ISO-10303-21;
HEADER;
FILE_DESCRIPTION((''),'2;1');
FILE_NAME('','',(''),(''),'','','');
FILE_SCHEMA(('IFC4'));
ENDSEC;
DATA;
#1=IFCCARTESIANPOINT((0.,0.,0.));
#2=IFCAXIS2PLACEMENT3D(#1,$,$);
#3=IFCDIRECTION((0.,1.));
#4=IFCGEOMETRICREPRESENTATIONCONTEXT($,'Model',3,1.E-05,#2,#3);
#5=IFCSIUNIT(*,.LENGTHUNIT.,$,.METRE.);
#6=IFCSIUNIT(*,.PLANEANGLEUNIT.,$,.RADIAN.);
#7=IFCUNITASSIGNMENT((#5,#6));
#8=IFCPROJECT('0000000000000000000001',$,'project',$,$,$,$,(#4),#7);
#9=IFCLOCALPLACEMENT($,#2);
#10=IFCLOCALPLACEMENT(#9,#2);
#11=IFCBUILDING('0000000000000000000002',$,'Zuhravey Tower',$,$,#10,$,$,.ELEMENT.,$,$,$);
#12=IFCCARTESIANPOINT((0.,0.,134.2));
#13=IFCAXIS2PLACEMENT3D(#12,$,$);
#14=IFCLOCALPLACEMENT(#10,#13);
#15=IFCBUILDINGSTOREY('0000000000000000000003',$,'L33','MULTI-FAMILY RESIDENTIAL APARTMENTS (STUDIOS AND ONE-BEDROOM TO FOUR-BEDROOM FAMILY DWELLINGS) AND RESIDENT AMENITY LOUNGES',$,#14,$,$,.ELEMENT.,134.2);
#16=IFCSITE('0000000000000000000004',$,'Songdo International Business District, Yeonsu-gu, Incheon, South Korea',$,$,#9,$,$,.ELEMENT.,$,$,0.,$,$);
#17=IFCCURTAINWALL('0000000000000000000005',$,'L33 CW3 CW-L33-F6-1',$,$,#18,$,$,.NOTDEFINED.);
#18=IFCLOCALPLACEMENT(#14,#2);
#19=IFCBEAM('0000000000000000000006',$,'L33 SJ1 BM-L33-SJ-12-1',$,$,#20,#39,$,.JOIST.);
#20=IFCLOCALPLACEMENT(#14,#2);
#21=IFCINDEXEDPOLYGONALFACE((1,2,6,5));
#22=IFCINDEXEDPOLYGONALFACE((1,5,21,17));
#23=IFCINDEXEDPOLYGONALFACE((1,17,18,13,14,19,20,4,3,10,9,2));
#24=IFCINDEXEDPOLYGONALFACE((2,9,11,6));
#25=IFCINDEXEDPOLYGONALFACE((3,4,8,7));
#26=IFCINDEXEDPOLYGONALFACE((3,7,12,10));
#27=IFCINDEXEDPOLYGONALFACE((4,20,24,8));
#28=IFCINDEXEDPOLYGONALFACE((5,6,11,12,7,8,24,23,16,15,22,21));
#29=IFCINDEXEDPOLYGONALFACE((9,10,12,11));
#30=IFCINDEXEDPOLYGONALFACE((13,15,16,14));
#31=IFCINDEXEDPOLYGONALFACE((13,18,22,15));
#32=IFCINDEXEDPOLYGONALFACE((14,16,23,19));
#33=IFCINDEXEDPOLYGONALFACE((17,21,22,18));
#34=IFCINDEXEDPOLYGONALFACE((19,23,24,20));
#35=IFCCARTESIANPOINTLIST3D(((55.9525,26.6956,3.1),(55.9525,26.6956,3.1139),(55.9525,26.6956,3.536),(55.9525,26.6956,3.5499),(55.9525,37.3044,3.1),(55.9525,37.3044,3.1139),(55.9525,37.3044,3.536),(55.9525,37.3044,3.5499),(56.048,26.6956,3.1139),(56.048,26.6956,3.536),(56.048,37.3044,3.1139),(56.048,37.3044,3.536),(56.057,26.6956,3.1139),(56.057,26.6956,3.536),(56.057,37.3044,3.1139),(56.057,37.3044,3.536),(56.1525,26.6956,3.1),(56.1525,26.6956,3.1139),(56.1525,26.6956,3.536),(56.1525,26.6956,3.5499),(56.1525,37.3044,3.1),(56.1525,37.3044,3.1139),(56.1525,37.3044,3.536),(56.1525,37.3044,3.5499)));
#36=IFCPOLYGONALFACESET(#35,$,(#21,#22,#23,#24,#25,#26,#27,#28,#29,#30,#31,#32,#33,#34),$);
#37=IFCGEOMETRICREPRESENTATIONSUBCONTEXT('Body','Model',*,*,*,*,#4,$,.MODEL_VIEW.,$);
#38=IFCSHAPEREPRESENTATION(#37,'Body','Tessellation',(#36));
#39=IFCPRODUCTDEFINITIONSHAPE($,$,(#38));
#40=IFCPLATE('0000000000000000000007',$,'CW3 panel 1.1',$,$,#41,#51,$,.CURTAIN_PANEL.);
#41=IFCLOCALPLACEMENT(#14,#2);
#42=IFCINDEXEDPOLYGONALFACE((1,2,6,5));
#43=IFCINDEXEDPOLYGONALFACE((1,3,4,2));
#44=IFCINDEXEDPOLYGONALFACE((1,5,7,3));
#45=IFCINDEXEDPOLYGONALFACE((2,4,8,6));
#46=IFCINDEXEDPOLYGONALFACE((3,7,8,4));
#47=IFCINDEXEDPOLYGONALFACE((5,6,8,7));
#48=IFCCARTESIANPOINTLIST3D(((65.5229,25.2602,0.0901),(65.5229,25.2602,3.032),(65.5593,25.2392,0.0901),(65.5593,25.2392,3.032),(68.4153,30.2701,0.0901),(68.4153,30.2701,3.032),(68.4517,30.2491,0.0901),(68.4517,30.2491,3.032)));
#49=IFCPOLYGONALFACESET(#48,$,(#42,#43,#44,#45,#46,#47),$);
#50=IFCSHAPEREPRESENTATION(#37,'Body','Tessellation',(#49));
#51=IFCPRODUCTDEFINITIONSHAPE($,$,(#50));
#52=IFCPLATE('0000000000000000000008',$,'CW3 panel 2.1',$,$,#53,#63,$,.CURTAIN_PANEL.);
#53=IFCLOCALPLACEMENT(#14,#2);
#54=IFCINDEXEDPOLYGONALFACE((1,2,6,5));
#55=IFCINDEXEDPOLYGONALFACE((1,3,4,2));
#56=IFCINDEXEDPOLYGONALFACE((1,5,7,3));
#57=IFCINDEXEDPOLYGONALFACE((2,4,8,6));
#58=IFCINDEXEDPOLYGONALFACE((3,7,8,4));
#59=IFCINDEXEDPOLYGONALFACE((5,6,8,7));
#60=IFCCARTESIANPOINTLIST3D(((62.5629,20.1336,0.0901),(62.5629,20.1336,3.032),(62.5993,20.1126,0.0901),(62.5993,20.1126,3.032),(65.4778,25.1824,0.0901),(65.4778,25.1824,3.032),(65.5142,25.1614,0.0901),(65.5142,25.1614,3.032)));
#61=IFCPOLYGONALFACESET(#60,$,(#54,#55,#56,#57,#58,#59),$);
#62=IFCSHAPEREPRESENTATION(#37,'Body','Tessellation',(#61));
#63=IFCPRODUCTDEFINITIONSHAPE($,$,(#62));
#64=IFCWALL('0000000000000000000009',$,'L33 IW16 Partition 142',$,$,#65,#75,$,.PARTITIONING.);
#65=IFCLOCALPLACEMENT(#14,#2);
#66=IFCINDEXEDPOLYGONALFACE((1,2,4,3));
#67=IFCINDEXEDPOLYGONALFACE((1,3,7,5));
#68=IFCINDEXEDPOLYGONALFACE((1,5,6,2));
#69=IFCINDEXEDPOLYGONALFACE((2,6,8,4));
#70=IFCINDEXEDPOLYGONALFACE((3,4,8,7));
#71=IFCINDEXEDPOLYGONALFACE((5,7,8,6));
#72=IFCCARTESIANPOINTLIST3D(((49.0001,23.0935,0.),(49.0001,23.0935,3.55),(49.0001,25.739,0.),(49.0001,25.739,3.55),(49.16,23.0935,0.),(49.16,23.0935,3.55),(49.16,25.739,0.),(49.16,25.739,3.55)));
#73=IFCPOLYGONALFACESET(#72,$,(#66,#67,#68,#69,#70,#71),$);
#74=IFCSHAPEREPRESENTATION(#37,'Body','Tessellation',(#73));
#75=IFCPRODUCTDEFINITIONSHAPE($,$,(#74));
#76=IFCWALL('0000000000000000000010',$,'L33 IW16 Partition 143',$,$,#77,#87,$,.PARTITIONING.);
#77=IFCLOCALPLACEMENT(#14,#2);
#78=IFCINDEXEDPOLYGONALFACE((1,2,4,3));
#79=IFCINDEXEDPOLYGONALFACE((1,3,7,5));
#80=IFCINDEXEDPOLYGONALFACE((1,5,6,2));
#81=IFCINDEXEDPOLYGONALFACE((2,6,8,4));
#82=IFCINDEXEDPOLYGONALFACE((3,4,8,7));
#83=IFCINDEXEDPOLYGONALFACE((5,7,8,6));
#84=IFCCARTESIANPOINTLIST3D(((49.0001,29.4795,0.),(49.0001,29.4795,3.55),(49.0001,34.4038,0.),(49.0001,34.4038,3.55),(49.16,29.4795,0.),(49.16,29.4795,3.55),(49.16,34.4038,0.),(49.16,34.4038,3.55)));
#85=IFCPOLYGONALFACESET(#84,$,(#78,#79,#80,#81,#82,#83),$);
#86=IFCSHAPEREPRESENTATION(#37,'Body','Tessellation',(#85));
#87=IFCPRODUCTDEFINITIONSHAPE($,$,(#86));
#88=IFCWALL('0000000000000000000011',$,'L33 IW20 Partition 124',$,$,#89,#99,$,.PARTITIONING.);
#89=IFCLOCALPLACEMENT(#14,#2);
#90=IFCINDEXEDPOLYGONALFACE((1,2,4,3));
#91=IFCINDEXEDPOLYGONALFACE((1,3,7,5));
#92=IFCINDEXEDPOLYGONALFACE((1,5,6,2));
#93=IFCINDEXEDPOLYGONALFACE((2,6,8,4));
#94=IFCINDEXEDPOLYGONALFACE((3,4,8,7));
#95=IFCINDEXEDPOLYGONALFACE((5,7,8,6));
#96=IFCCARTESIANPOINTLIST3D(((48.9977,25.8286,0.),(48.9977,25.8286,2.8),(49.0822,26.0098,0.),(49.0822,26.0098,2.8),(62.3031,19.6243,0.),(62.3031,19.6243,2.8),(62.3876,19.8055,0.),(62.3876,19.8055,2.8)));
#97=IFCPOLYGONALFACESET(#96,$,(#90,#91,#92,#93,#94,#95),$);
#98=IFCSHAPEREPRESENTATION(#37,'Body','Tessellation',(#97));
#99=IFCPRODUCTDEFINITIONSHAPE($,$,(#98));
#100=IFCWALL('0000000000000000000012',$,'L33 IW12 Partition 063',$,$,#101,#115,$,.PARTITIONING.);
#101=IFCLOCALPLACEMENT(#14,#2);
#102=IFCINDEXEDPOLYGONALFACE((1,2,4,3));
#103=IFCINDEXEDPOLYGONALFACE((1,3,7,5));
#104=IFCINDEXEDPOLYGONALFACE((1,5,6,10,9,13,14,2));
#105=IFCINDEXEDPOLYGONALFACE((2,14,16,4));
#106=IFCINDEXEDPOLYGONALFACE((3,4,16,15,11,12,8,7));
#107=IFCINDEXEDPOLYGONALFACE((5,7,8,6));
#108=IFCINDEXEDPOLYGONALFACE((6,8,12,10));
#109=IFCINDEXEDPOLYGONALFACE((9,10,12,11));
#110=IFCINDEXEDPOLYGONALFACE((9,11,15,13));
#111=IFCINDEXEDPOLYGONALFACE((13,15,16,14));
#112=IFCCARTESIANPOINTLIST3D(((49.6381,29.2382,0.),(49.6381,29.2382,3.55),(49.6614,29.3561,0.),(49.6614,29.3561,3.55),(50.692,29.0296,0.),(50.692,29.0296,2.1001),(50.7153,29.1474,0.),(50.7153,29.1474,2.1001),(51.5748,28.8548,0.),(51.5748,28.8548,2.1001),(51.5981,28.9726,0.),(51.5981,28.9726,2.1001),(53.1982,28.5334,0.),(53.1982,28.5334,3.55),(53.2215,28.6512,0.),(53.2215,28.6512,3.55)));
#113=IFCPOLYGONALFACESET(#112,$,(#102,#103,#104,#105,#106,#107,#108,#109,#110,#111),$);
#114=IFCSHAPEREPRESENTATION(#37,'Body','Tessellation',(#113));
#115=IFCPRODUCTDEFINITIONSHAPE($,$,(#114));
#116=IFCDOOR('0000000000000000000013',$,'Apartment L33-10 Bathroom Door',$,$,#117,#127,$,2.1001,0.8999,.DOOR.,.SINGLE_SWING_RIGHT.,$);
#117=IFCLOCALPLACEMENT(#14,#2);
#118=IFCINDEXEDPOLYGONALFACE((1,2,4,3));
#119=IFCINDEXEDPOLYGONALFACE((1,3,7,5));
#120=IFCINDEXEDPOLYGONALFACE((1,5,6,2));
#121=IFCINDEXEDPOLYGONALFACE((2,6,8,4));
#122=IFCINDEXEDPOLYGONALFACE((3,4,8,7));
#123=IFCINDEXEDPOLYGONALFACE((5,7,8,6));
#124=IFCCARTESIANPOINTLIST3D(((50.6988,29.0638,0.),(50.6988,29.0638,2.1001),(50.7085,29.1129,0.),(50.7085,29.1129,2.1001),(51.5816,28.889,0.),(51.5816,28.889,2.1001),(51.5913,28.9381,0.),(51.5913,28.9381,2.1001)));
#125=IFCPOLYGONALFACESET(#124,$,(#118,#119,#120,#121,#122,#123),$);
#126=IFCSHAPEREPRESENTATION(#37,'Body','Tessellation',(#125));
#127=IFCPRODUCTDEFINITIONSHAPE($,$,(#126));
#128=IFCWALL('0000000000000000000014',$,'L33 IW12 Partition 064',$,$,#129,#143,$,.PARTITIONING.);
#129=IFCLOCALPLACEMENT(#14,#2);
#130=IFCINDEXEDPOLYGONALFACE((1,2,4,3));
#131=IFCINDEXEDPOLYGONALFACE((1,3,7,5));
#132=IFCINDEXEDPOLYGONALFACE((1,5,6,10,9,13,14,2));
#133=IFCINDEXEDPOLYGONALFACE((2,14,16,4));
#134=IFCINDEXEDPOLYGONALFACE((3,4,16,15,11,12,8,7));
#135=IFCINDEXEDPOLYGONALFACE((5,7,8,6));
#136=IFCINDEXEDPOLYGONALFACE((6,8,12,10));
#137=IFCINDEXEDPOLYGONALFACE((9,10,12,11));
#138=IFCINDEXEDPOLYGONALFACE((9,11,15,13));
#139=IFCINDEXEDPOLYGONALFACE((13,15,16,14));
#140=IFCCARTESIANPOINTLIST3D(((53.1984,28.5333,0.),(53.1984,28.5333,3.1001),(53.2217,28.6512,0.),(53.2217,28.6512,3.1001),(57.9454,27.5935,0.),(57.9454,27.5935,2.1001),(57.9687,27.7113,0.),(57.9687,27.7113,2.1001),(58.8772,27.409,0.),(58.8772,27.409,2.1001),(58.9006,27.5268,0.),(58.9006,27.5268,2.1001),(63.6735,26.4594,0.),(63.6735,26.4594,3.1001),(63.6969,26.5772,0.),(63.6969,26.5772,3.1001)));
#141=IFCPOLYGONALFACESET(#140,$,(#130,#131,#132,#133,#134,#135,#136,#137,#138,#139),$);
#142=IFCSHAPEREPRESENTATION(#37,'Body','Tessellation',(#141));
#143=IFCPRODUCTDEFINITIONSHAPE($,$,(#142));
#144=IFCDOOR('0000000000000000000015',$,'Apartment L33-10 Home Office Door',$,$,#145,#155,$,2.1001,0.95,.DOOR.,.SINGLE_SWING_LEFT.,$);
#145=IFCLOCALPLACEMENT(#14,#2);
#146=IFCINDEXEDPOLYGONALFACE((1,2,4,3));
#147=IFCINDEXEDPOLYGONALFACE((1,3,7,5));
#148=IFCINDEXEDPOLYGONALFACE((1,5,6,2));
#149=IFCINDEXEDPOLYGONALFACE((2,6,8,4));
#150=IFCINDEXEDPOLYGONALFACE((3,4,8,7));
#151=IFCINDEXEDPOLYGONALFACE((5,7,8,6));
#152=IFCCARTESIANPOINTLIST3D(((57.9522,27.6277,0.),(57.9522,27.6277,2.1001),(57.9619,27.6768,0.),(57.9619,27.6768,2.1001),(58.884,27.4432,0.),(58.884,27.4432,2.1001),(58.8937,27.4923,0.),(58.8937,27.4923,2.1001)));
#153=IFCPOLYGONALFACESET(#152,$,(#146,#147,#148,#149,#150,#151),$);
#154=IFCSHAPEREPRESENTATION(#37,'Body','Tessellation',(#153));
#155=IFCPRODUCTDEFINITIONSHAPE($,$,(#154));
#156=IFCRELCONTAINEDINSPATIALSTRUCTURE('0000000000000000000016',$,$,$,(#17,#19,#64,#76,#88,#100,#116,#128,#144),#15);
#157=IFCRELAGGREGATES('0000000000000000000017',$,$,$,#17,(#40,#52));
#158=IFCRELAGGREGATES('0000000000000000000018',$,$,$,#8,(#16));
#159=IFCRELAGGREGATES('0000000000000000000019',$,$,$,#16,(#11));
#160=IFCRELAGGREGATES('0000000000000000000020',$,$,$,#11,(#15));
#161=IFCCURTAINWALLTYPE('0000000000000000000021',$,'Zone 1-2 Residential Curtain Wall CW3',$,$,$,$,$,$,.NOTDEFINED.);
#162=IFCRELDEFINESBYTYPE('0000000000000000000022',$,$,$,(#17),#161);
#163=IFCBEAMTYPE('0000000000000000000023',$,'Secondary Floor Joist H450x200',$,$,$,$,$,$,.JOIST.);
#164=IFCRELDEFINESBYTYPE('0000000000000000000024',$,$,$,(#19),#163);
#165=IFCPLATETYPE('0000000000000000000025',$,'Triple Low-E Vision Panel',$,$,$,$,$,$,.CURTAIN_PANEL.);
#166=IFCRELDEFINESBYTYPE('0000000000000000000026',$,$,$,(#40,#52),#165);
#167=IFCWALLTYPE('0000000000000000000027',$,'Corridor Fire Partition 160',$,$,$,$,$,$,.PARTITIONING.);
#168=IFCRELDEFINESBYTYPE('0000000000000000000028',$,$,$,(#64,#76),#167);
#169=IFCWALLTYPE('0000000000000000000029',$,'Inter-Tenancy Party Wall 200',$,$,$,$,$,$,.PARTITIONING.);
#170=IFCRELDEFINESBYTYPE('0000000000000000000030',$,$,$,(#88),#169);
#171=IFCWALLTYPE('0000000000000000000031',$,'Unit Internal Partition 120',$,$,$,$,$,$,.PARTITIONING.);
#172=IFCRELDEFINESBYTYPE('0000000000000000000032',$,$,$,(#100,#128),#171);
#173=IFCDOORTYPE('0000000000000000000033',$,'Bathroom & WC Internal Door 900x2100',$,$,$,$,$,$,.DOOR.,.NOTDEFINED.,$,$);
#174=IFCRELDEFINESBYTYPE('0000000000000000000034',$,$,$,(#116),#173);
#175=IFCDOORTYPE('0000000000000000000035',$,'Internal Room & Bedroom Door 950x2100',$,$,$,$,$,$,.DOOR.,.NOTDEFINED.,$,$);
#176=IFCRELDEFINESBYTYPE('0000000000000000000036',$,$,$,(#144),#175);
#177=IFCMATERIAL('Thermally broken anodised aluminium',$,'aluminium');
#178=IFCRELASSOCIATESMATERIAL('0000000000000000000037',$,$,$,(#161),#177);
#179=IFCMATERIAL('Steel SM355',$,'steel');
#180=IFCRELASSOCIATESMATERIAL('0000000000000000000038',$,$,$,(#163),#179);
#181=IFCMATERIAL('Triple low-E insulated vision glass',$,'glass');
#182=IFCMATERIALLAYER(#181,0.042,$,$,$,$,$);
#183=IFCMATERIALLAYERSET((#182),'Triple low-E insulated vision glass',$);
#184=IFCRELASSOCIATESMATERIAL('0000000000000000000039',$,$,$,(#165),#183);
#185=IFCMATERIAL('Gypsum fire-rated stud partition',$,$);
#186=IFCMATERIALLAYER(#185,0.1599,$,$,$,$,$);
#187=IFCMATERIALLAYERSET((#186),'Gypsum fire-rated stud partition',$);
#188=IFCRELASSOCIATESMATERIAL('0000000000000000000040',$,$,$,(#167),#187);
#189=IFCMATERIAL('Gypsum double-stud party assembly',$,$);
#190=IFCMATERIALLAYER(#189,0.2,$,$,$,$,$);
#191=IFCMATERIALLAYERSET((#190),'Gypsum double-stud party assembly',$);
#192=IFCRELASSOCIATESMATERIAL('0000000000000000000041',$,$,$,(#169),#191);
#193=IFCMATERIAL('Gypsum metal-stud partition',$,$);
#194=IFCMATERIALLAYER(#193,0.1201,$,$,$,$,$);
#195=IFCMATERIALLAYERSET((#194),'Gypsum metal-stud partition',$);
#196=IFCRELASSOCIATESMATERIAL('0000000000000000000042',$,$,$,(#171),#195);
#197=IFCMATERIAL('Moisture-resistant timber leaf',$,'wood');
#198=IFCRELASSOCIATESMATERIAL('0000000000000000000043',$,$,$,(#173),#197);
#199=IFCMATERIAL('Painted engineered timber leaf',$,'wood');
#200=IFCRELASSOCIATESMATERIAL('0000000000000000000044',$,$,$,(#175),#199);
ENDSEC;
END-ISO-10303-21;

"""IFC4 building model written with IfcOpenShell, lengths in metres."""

from ifc_helpers import new_model, si_unit, direction, frame, frame_2d, origin, origin_2d, place, context, subcontext, project, spatial, rectangle, i_section, extrude, material, layer, layer_set, material_profile, profile_set, type_object, element, fill, aggregate, save


model = new_model("IFC4")

# Units and contexts
model_context = context("Model", 3, precision=1e-05, world=origin(), true_north=direction((0.0, 1.0)))
body_context = subcontext(model_context, "Body", "Model", "MODEL_VIEW")
ifc_project = project(units=[si_unit("LENGTHUNIT", "METRE"), si_unit("PLANEANGLEUNIT", "RADIAN")], contexts=[model_context])

# Site, building, storey
site_placement = place(None, origin())
site = spatial("IfcSite", under=ifc_project, at=site_placement, Name="Songdo International Business District, Yeonsu-gu, Incheon, South Korea", CompositionType="ELEMENT", RefElevation=0.0)
building_placement = place(site_placement, origin())
building = spatial("IfcBuilding", under=site, at=building_placement, Name="Zuhravey Tower", CompositionType="ELEMENT")
storey_placement = place(building_placement, frame((0.0, 0.0, 134.2)))
storey = spatial("IfcBuildingStorey", under=building, at=storey_placement, Name="L33", Description="MULTI-FAMILY RESIDENTIAL APARTMENTS (STUDIOS AND ONE-BEDROOM TO FOUR-BEDROOM FAMILY DWELLINGS) AND RESIDENT AMENITY LOUNGES", CompositionType="ELEMENT", Elevation=134.2)

# Curtain wall
ifc_material_1 = material(Name="Thermally broken anodised aluminium", Category="aluminium")
curtain_wall_type = type_object("IfcCurtainWallType", Name="Zone 1-2 Residential Curtain Wall CW3", PredefinedType="NOTDEFINED", material=ifc_material_1)
curtain_wall_placement = place(storey_placement, origin())
curtain_wall = element("IfcCurtainWall", 1, at=curtain_wall_placement, inside=storey, type_object=curtain_wall_type, Name="L33 CW3 CW-L33-F6-1", PredefinedType="NOTDEFINED")

# Beam
ifc_material_2 = material(Name="Steel SM355", Category="steel")
ifc_material_profile_1 = material_profile(ifc_material_2, i_section(OverallWidth=0.2, OverallDepth=0.45, WebThickness=0.009, FlangeThickness=0.0139, at=origin_2d()), Name="H-450x200x9x14")
ifc_profile_set_1 = profile_set([ifc_material_profile_1], Name="Steel SM355")
beam_type_1 = type_object("IfcBeamType", Name="Secondary Floor Joist H450x200", PredefinedType="JOIST", material=ifc_profile_set_1)
beam_1_placement = place(storey_placement, frame((56.0525, 26.6956, 3.325), z_axis=(0.0, 1.0, 0.0), x_axis=(-1.0, 0.0, 0.0)))
element("IfcBeam", 2, at=beam_1_placement, inside=storey, type_object=beam_type_1, Name="L33 SJ1 BM-L33-SJ-12-1", PredefinedType="JOIST", context=body_context, shape_type="SweptSolid", body=[
    extrude(i_section(OverallWidth=0.2, OverallDepth=0.45, WebThickness=0.009, FlangeThickness=0.0139, at=origin_2d()), origin(), (0.0, 0.0, 1.0), 10.6089),
])

# Plates
ifc_material_3 = material(Name="Triple low-E insulated vision glass", Category="glass")
ifc_layer_1 = layer(ifc_material_3, 0.042)
ifc_layer_set_1 = layer_set([ifc_layer_1], Name="Triple low-E insulated vision glass")
plate_type = type_object("IfcPlateType", Name="Triple Low-E Vision Panel", PredefinedType="CURTAIN_PANEL", material=ifc_layer_set_1)
plate_1_placement = place(storey_placement, frame((66.9873, 27.7546, 0.0901), z_axis=(0.0, 0.0, 1.0), x_axis=(-0.5, -0.866026, 0.0)))
plate_1 = element("IfcPlate", 3, at=plate_1_placement, type_object=plate_type, Name="CW3 panel 1.1", PredefinedType="CURTAIN_PANEL", context=body_context, shape_type="SweptSolid", body=[
    extrude(rectangle(XDim=5.7849, YDim=0.042, at=origin_2d()), origin(), (0.0, 0.0, 1.0), 2.9419),
])
plate_2_placement = place(storey_placement, frame((64.0386, 22.6475, 0.0901), z_axis=(0.0, 0.0, 1.0), x_axis=(-0.5, -0.866026, 0.0)))
plate_2 = element("IfcPlate", 4, at=plate_2_placement, type_object=plate_type, Name="CW3 panel 2.1", PredefinedType="CURTAIN_PANEL", context=body_context, shape_type="SweptSolid", body=[
    extrude(rectangle(XDim=5.8298, YDim=0.042, at=origin_2d()), origin(), (0.0, 0.0, 1.0), 2.9419),
])
aggregate(curtain_wall, [plate_1, plate_2])

# Shared definitions
ifc_material_4 = material(Name="Gypsum fire-rated stud partition")
ifc_layer_2 = layer(ifc_material_4, 0.1599)
ifc_layer_set_2 = layer_set([ifc_layer_2], Name="Gypsum fire-rated stud partition")
wall_type_1 = type_object("IfcWallType", Name="Corridor Fire Partition 160", PredefinedType="PARTITIONING", material=ifc_layer_set_2)

# Walls
wall_1_placement = place(storey_placement, frame((49.0801, 23.0935, 0.0), z_axis=(0.0, 0.0, 1.0), x_axis=(0.0, 1.0, 0.0)))
element("IfcWall", 5, at=wall_1_placement, inside=storey, type_object=wall_type_1, Name="L33 IW16 Partition 142", PredefinedType="PARTITIONING", context=body_context, shape_type="SweptSolid", body=[
    extrude(rectangle(XDim=2.6455, YDim=0.1599, at=frame_2d((1.3228, 0.0))), origin(), (0.0, 0.0, 1.0), 3.55),
])
wall_2_placement = place(storey_placement, frame((49.0801, 29.4795, 0.0), z_axis=(0.0, 0.0, 1.0), x_axis=(0.0, 1.0, 0.0)))
element("IfcWall", 6, at=wall_2_placement, inside=storey, type_object=wall_type_1, Name="L33 IW16 Partition 143", PredefinedType="PARTITIONING", context=body_context, shape_type="SweptSolid", body=[
    extrude(rectangle(XDim=4.9243, YDim=0.1599, at=frame_2d((2.4622, 0.0))), origin(), (0.0, 0.0, 1.0), 3.55),
])
ifc_material_5 = material(Name="Gypsum double-stud party assembly")
ifc_layer_3 = layer(ifc_material_5, 0.2)
ifc_layer_set_3 = layer_set([ifc_layer_3], Name="Gypsum double-stud party assembly")
wall_type_2 = type_object("IfcWallType", Name="Inter-Tenancy Party Wall 200", PredefinedType="PARTITIONING", material=ifc_layer_set_3)
wall_3_placement = place(storey_placement, frame((49.04, 25.9192, 0.0), z_axis=(0.0, 0.0, 1.0), x_axis=(0.90631, -0.422614, 0.0)))
element("IfcWall", 7, at=wall_3_placement, inside=storey, type_object=wall_type_2, Name="L33 IW20 Partition 124", PredefinedType="PARTITIONING", context=body_context, shape_type="SweptSolid", body=[
    extrude(rectangle(XDim=14.6809, YDim=0.2, at=frame_2d((7.3403, 0.0))), origin(), (0.0, 0.0, 1.0), 2.8),
])

# Walls, openings, doors
ifc_material_6 = material(Name="Gypsum metal-stud partition")
ifc_layer_4 = layer(ifc_material_6, 0.1201)
ifc_layer_set_4 = layer_set([ifc_layer_4], Name="Gypsum metal-stud partition")
wall_type_3 = type_object("IfcWallType", Name="Unit Internal Partition 120", PredefinedType="PARTITIONING", material=ifc_layer_set_4)
wall_4_placement = place(storey_placement, frame((49.6499, 29.2971, 0.0), z_axis=(0.0, 0.0, 1.0), x_axis=(0.980959, -0.194214, 0.0)))
wall_4 = element("IfcWall", 8, at=wall_4_placement, inside=storey, type_object=wall_type_3, Name="L33 IW12 Partition 063", PredefinedType="PARTITIONING", context=body_context, shape_type="SweptSolid", body=[
    extrude(rectangle(XDim=3.6292, YDim=0.1201, at=frame_2d((1.8145, 0.0))), origin(), (0.0, 0.0, 1.0), 3.55),
])
opening_1_placement = place(wall_4_placement, frame((1.0742, 0.0, 0.0)))
opening_1 = element("IfcOpeningElement", 9, at=opening_1_placement, cuts=wall_4, PredefinedType="OPENING", context=body_context, shape_type="SweptSolid", body=[
    extrude(rectangle(XDim=0.8999, YDim=2.1001, at=frame_2d((0.45, 1.05))), frame((0.0, 0.072, 0.0), z_axis=(0.0, -1.0, 0.0), x_axis=(1.0, 0.0, 0.0)), (0.0, 0.0, 1.0), 0.144),
])
ifc_material_7 = material(Name="Moisture-resistant timber leaf", Category="wood")
door_type_1 = type_object("IfcDoorType", Name="Bathroom & WC Internal Door 900x2100", OperationType="NOTDEFINED", PredefinedType="DOOR", material=ifc_material_7)
door_1_placement = place(opening_1_placement, origin())
door_1 = element("IfcDoor", 10, at=door_1_placement, inside=storey, type_object=door_type_1, Name="Apartment L33-10 Bathroom Door", OperationType="SINGLE_SWING_RIGHT", OverallHeight=2.1001, OverallWidth=0.8999, PredefinedType="DOOR", context=body_context, shape_type="SweptSolid", body=[
    extrude(rectangle(XDim=0.8999, YDim=2.1001, at=frame_2d((0.45, 1.05))), frame((0.0, 0.0249, 0.0), z_axis=(0.0, -1.0, 0.0), x_axis=(1.0, 0.0, 0.0)), (0.0, 0.0, 1.0), 0.05),
])
fill(opening_1, door_1)
wall_5_placement = place(storey_placement, frame((53.21, 28.5923, 0.0), z_axis=(0.0, 0.0, 1.0), x_axis=(0.980958, -0.194221, 0.0)))
wall_5 = element("IfcWall", 11, at=wall_5_placement, inside=storey, type_object=wall_type_3, Name="L33 IW12 Partition 064", PredefinedType="PARTITIONING", context=body_context, shape_type="SweptSolid", body=[
    extrude(rectangle(XDim=10.6785, YDim=0.1201, at=frame_2d((5.3394, 0.0))), origin(), (0.0, 0.0, 1.0), 3.1001),
])
opening_2_placement = place(wall_5_placement, frame((4.8391, 0.0, 0.0)))
opening_2 = element("IfcOpeningElement", 12, at=opening_2_placement, cuts=wall_5, PredefinedType="OPENING", context=body_context, shape_type="SweptSolid", body=[
    extrude(rectangle(XDim=0.95, YDim=2.1001, at=frame_2d((0.4751, 1.05))), frame((0.0, 0.072, 0.0), z_axis=(0.0, -1.0, 0.0), x_axis=(1.0, 0.0, 0.0)), (0.0, 0.0, 1.0), 0.144),
])
ifc_material_8 = material(Name="Painted engineered timber leaf", Category="wood")
door_type_2 = type_object("IfcDoorType", Name="Internal Room & Bedroom Door 950x2100", OperationType="NOTDEFINED", PredefinedType="DOOR", material=ifc_material_8)
door_2_placement = place(opening_2_placement, origin())
door_2 = element("IfcDoor", 13, at=door_2_placement, inside=storey, type_object=door_type_2, Name="Apartment L33-10 Home Office Door", OperationType="SINGLE_SWING_LEFT", OverallHeight=2.1001, OverallWidth=0.95, PredefinedType="DOOR", context=body_context, shape_type="SweptSolid", body=[
    extrude(rectangle(XDim=0.95, YDim=2.1001, at=frame_2d((0.4751, 1.05))), frame((0.0, 0.0249, 0.0), z_axis=(0.0, -1.0, 0.0), x_axis=(1.0, 0.0, 0.0)), (0.0, 0.0, 1.0), 0.05),
])
fill(opening_2, door_2)

save(model, "model.ifc")
